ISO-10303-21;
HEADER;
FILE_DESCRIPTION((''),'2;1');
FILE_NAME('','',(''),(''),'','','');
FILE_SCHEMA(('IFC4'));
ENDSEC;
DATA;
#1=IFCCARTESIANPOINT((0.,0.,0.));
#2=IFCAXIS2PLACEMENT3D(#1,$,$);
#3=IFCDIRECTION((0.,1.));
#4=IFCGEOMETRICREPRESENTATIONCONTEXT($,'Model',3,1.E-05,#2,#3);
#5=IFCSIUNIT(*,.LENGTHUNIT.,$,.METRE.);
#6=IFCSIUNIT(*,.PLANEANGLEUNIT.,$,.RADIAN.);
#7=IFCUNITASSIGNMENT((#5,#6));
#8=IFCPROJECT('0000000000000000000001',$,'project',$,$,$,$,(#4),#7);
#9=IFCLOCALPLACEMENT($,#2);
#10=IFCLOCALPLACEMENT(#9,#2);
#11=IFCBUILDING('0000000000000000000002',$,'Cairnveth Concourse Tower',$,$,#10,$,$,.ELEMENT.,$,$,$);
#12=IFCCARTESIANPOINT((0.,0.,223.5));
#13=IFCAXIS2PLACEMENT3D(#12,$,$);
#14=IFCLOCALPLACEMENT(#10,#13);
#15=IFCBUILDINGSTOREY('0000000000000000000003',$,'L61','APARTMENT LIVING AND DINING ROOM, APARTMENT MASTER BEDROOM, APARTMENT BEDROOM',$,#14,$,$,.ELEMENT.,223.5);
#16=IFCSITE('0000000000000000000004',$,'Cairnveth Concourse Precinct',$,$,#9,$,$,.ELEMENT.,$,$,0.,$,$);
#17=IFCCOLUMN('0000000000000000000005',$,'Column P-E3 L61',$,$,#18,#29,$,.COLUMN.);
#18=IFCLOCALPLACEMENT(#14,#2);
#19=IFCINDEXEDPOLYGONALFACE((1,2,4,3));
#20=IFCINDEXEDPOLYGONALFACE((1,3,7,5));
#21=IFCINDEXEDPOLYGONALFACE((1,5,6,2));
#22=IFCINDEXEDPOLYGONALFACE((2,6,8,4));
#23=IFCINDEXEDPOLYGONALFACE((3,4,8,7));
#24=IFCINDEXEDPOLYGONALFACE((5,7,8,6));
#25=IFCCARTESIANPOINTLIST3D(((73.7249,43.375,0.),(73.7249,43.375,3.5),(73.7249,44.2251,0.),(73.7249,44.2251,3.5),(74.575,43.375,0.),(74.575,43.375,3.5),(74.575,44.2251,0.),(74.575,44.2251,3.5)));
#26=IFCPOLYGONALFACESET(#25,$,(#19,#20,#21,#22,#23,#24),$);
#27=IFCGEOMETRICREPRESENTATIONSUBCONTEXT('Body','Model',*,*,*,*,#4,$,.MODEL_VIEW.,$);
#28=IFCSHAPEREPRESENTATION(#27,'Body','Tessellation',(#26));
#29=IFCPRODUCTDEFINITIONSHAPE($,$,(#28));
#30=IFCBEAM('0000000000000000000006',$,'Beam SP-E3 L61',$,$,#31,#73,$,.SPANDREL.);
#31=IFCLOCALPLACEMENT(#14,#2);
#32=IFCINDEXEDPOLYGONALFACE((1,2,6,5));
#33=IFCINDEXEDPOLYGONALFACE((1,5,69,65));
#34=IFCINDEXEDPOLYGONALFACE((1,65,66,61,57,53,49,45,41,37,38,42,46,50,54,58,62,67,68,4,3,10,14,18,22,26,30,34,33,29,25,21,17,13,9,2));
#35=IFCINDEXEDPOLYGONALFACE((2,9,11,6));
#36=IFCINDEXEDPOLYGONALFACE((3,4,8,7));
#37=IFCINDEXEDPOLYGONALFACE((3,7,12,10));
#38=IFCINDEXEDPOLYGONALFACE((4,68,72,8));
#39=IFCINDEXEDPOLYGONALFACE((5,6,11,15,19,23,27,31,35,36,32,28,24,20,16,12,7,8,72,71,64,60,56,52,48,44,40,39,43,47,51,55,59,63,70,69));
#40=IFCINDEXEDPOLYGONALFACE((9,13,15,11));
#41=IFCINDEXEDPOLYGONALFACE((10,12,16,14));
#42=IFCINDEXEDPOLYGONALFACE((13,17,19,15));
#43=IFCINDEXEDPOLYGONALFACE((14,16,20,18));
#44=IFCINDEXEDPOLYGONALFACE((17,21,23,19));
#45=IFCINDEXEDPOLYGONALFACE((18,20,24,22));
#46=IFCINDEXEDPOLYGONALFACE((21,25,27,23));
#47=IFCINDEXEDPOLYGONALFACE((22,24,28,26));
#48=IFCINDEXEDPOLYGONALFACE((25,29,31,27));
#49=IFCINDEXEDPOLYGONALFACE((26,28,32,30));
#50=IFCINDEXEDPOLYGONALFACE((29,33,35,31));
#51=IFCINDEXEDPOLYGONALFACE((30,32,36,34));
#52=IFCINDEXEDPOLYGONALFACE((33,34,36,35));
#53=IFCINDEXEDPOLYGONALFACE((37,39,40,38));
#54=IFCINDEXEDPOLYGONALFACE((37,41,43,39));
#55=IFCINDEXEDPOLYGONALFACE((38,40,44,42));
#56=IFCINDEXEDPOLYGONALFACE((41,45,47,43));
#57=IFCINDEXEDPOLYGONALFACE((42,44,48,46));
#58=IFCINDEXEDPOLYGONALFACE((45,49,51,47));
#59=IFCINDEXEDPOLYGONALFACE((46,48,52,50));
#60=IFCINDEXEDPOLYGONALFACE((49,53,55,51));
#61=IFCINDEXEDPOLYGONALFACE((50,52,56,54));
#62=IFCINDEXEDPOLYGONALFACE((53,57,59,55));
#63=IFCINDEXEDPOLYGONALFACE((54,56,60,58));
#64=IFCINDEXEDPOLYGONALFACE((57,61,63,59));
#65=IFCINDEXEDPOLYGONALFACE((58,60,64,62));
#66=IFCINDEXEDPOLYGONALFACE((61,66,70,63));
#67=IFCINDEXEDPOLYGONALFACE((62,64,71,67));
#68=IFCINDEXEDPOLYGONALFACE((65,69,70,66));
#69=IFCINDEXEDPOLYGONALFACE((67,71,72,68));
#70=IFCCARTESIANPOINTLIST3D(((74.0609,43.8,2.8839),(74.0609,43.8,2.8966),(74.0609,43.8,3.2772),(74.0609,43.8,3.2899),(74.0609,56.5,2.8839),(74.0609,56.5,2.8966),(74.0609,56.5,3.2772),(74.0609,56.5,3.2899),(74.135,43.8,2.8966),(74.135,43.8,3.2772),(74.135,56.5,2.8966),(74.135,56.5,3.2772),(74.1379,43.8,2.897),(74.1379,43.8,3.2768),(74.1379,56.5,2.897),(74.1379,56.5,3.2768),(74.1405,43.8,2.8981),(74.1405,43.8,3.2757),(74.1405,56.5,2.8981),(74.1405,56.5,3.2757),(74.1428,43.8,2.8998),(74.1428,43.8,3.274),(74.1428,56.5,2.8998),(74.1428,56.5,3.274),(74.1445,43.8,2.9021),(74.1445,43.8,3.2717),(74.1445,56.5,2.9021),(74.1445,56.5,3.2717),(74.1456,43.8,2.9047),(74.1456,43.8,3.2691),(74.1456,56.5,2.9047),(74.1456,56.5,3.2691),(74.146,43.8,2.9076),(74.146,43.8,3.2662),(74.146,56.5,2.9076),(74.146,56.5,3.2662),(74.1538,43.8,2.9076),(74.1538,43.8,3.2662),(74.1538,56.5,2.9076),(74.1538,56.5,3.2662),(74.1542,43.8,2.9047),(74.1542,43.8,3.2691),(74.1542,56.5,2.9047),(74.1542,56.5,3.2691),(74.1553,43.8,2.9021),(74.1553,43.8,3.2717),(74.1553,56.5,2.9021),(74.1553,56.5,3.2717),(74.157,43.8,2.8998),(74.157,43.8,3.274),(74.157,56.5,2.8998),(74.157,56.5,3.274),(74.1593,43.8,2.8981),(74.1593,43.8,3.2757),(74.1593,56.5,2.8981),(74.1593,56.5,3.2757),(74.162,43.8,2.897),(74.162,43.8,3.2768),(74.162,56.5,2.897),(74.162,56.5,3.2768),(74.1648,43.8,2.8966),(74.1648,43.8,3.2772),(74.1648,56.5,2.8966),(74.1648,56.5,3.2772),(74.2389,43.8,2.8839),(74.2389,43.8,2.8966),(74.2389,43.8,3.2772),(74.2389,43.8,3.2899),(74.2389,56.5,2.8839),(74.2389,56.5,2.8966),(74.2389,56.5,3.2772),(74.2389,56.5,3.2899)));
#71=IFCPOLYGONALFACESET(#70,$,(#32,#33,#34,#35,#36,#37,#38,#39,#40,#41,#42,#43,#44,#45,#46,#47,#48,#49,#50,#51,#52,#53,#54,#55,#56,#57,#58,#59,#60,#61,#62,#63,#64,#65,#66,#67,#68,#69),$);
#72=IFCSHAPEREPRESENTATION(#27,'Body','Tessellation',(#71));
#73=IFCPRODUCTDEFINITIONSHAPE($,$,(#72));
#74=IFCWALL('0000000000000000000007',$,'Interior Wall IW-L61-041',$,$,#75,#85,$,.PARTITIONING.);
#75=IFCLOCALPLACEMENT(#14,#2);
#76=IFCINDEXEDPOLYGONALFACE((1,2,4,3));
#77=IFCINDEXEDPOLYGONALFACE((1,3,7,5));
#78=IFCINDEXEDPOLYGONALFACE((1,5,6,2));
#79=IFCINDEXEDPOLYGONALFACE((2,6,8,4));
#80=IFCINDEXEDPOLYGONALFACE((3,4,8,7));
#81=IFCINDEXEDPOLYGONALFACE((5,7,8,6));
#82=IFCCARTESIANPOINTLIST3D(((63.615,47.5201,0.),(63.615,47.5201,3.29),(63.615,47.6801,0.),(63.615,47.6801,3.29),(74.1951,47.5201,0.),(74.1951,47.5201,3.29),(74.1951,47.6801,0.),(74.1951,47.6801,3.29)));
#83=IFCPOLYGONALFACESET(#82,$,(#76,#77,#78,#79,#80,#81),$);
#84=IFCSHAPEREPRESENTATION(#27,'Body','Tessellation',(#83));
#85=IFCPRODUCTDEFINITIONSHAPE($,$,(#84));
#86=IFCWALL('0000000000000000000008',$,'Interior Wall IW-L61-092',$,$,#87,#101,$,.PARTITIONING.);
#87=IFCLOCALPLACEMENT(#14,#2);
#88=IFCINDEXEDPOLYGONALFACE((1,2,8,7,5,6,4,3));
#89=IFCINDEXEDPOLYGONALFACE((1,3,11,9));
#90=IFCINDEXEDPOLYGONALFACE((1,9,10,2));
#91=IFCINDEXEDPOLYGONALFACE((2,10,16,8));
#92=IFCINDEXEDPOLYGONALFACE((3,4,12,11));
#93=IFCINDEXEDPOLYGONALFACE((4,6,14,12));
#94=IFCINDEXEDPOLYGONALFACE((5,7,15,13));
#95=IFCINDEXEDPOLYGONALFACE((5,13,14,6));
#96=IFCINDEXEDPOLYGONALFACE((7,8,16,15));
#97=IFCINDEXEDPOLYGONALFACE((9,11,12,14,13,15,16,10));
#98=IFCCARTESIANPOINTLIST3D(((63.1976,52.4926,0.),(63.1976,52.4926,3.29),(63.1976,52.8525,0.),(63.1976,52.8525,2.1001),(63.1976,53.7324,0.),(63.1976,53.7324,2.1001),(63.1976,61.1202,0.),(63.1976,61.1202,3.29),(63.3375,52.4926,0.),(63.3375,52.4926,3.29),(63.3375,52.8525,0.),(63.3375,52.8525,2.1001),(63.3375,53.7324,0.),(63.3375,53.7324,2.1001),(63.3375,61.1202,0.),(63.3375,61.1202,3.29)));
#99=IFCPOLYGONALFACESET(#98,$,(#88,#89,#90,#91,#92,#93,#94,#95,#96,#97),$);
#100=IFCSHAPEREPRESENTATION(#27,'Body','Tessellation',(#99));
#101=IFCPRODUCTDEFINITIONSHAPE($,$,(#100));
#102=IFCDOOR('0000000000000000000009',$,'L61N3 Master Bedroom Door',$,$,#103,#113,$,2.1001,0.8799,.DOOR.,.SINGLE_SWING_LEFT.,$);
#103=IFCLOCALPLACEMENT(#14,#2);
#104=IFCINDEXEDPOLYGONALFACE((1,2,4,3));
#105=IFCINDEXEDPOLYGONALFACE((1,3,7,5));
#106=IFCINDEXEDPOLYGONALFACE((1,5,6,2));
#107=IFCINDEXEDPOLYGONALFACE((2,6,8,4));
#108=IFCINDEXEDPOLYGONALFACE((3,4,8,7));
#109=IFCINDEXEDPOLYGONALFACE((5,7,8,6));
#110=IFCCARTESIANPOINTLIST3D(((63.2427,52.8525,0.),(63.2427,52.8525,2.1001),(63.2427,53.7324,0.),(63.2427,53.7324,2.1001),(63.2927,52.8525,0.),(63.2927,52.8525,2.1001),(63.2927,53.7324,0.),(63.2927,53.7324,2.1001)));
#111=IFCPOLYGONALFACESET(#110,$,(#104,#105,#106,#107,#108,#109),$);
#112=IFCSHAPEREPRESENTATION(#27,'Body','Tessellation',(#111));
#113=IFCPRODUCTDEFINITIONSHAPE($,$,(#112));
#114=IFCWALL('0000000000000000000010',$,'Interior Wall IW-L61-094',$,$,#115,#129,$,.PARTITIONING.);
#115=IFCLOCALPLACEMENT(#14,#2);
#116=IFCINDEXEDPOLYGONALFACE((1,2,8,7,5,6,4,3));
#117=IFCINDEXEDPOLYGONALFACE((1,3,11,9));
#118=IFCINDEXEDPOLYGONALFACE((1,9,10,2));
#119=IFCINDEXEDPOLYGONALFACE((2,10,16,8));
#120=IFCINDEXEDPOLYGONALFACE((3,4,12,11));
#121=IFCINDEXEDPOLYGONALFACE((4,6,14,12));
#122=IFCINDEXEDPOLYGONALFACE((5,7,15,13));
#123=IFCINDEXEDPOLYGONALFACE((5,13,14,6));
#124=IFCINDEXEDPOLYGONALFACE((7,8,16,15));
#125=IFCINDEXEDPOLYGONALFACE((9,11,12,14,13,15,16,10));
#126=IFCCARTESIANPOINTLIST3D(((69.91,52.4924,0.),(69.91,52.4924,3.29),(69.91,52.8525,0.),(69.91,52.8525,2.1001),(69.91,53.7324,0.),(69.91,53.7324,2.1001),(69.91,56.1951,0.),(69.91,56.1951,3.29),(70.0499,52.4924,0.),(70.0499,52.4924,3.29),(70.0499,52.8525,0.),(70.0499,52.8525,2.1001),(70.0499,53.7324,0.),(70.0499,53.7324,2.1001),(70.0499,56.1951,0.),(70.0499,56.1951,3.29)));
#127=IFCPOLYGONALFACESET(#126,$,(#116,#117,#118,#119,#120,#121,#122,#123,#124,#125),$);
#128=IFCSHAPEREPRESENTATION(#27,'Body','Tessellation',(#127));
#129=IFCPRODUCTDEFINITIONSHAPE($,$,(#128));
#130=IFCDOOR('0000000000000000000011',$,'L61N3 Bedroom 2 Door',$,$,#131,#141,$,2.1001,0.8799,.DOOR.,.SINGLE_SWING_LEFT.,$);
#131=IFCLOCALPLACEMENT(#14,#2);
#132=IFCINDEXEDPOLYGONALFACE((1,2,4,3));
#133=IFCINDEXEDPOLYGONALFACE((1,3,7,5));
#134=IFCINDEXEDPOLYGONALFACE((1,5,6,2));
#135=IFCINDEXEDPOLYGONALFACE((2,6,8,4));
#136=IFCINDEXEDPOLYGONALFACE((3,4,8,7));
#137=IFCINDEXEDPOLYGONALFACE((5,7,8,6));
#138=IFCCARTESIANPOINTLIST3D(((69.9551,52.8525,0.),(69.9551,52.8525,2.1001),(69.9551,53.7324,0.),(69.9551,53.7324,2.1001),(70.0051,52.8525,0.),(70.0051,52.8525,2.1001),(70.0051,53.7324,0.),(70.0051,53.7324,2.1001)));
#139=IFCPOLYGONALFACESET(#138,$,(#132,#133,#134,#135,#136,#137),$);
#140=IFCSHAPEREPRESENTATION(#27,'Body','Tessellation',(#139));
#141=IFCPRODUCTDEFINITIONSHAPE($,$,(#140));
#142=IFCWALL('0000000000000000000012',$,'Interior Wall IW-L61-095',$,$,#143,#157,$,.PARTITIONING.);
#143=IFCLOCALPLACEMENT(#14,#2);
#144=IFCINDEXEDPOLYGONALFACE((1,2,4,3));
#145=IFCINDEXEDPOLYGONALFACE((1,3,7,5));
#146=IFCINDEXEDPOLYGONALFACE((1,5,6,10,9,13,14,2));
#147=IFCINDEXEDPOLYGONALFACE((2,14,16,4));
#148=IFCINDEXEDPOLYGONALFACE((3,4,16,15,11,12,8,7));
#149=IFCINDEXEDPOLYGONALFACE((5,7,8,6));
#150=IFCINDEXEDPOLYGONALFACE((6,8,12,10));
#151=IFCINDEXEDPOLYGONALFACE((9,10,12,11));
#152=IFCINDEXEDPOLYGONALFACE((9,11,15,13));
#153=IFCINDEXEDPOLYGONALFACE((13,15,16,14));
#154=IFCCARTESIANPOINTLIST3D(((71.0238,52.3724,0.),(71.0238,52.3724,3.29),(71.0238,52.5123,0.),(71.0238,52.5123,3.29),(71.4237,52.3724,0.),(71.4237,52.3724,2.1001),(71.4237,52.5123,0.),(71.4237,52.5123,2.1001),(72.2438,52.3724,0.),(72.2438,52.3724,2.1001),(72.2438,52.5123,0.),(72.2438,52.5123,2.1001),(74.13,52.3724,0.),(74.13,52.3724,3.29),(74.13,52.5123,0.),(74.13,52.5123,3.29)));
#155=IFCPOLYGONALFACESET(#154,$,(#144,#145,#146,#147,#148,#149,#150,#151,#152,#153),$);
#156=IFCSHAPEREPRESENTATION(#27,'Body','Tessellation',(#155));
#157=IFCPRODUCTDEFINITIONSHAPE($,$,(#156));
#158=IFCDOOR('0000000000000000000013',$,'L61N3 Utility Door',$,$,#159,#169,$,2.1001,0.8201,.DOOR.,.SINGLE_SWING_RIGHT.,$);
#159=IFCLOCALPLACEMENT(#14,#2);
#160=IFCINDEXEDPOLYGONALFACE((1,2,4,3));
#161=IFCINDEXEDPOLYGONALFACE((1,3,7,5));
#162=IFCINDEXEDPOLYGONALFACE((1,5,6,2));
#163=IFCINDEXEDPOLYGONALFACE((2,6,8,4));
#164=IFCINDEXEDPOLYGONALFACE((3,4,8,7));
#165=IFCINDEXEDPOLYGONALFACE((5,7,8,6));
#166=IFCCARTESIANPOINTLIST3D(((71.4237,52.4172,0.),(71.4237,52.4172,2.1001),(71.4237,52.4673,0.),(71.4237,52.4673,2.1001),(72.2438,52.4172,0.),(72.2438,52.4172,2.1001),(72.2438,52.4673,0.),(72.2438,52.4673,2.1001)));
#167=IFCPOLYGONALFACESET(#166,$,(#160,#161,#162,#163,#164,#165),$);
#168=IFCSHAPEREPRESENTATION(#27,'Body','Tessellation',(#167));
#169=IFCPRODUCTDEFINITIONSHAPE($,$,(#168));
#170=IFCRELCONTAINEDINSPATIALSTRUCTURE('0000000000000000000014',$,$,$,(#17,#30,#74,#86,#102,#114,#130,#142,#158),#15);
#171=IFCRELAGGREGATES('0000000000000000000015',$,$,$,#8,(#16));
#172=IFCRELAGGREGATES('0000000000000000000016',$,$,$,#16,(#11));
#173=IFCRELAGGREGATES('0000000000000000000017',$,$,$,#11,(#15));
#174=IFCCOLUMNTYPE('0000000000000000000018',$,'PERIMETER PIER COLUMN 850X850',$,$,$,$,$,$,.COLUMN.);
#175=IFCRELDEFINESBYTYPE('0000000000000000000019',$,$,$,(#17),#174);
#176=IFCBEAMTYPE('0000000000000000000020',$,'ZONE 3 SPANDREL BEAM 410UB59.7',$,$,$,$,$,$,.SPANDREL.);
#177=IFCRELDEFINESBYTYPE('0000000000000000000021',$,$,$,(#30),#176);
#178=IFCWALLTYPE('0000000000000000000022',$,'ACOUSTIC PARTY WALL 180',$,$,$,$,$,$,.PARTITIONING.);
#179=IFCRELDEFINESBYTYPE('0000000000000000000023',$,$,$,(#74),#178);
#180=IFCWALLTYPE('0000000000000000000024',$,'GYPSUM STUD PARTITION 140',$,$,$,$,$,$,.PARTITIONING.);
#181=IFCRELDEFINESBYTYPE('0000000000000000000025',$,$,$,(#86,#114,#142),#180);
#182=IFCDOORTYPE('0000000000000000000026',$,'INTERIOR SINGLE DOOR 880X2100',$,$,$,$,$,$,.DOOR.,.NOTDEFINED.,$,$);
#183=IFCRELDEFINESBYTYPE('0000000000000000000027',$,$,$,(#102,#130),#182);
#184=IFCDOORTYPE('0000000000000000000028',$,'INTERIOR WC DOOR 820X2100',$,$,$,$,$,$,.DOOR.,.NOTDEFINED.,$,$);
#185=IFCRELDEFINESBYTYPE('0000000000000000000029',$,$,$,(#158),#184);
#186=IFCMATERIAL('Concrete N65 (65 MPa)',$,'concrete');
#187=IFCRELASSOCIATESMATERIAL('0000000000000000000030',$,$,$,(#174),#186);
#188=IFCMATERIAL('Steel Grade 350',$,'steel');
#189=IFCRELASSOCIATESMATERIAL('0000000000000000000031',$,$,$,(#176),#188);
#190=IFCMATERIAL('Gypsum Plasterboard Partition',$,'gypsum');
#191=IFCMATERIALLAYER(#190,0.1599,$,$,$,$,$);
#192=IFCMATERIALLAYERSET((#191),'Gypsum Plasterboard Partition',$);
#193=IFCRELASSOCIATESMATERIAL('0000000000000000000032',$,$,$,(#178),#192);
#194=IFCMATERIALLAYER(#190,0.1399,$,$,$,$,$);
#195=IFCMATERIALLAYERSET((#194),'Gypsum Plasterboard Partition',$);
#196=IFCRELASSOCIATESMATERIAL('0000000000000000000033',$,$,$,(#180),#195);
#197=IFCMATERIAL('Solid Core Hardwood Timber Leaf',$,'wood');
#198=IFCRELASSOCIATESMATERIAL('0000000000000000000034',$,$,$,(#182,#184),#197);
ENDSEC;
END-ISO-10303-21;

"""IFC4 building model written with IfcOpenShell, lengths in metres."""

from ifc_helpers import new_model, si_unit, direction, frame, frame_2d, origin, origin_2d, place, context, subcontext, project, spatial, rectangle, i_section, extrude, material, layer, layer_set, material_profile, profile_set, type_object, element, fill, save


model = new_model("IFC4")

# Units and contexts
model_context = context("Model", 3, precision=1e-05, world=origin(), true_north=direction((0.0, 1.0)))
body_context = subcontext(model_context, "Body", "Model", "MODEL_VIEW")
ifc_project = project(units=[si_unit("LENGTHUNIT", "METRE"), si_unit("PLANEANGLEUNIT", "RADIAN")], contexts=[model_context])

# Site, building, storey
site_placement = place(None, origin())
site = spatial("IfcSite", under=ifc_project, at=site_placement, Name="Cairnveth Concourse Precinct", CompositionType="ELEMENT", RefElevation=0.0)
building_placement = place(site_placement, origin())
building = spatial("IfcBuilding", under=site, at=building_placement, Name="Cairnveth Concourse Tower", CompositionType="ELEMENT")
storey_placement = place(building_placement, frame((0.0, 0.0, 223.5)))
storey = spatial("IfcBuildingStorey", under=building, at=storey_placement, Name="L61", Description="APARTMENT LIVING AND DINING ROOM, APARTMENT MASTER BEDROOM, APARTMENT BEDROOM", CompositionType="ELEMENT", Elevation=223.5)

# Column
ifc_material_1 = material(Name="Concrete N65 (65 MPa)", Category="concrete")
ifc_material_profile_1 = material_profile(ifc_material_1, rectangle(XDim=0.8501, YDim=0.8501, at=origin_2d()), Name="RC-COL-850x850")
ifc_profile_set_1 = profile_set([ifc_material_profile_1], Name="Concrete N65 (65 MPa)")
column_type = type_object("IfcColumnType", Name="PERIMETER PIER COLUMN 850X850", PredefinedType="COLUMN", material=ifc_profile_set_1)
column_placement = place(storey_placement, frame((74.1499, 43.8, 0.0), z_axis=(0.0, 0.0, 1.0), x_axis=(0.0, 1.0, 0.0)))
element("IfcColumn", 1, at=column_placement, inside=storey, type_object=column_type, Name="Column P-E3 L61", PredefinedType="COLUMN", context=body_context, shape_type="SweptSolid", body=[
    extrude(rectangle(XDim=0.8501, YDim=0.8501, at=origin_2d()), origin(), (0.0, 0.0, 1.0), 3.5),
])

# Beam
ifc_material_2 = material(Name="Steel Grade 350", Category="steel")
ifc_material_profile_2 = material_profile(ifc_material_2, i_section(OverallWidth=0.178, OverallDepth=0.406, WebThickness=0.0078, FlangeThickness=0.0127, FilletRadius=0.011, at=origin_2d()), Name="410UB59.7")
ifc_profile_set_2 = profile_set([ifc_material_profile_2], Name="Steel Grade 350")
beam_type = type_object("IfcBeamType", Name="ZONE 3 SPANDREL BEAM 410UB59.7", PredefinedType="SPANDREL", material=ifc_profile_set_2)
beam_placement = place(storey_placement, frame((74.1499, 43.8, 3.0869), z_axis=(0.0, 1.0, 0.0), x_axis=(-1.0, 0.0, 0.0)))
element("IfcBeam", 2, at=beam_placement, inside=storey, type_object=beam_type, Name="Beam SP-E3 L61", PredefinedType="SPANDREL", context=body_context, shape_type="SweptSolid", body=[
    extrude(i_section(OverallWidth=0.178, OverallDepth=0.406, WebThickness=0.0078, FlangeThickness=0.0127, FilletRadius=0.011, at=origin_2d()), origin(), (0.0, 0.0, 1.0), 12.7),
])

# Wall
ifc_material_3 = material(Name="Gypsum Plasterboard Partition", Category="gypsum")
ifc_layer_1 = layer(ifc_material_3, 0.1599)
ifc_layer_set_1 = layer_set([ifc_layer_1], Name="Gypsum Plasterboard Partition")
wall_type_1 = type_object("IfcWallType", Name="ACOUSTIC PARTY WALL 180", PredefinedType="PARTITIONING", material=ifc_layer_set_1)
wall_1_placement = place(storey_placement, frame((63.615, 47.6001, 0.0), z_axis=(0.0, 0.0, 1.0), x_axis=(1.0, 0.0, 0.0)))
element("IfcWall", 3, at=wall_1_placement, inside=storey, type_object=wall_type_1, Name="Interior Wall IW-L61-041", PredefinedType="PARTITIONING", context=body_context, shape_type="SweptSolid", body=[
    extrude(rectangle(XDim=10.5801, YDim=0.1599, at=frame_2d((5.29, 0.0))), origin(), (0.0, 0.0, 1.0), 3.29),
])

# Walls, openings, doors
ifc_layer_2 = layer(ifc_material_3, 0.1399)
ifc_layer_set_2 = layer_set([ifc_layer_2], Name="Gypsum Plasterboard Partition")
wall_type_2 = type_object("IfcWallType", Name="GYPSUM STUD PARTITION 140", PredefinedType="PARTITIONING", material=ifc_layer_set_2)
wall_2_placement = place(storey_placement, frame((63.2676, 52.4924, 0.0), z_axis=(0.0, 0.0, 1.0), x_axis=(0.0, 1.0, 0.0)))
wall_2 = element("IfcWall", 4, at=wall_2_placement, inside=storey, type_object=wall_type_2, Name="Interior Wall IW-L61-092", PredefinedType="PARTITIONING", context=body_context, shape_type="SweptSolid", body=[
    extrude(rectangle(XDim=8.6277, YDim=0.1399, at=frame_2d((4.314, 0.0))), origin(), (0.0, 0.0, 1.0), 3.29),
])
opening_1_placement = place(wall_2_placement, frame((0.3601, 0.0, 0.0)))
opening_1 = element("IfcOpeningElement", 5, at=opening_1_placement, cuts=wall_2, PredefinedType="OPENING", context=body_context, shape_type="SweptSolid", body=[
    extrude(rectangle(XDim=0.8799, YDim=2.1001, at=frame_2d((0.4399, 1.05))), frame((0.0, 0.0798, 0.0), z_axis=(0.0, -1.0, 0.0), x_axis=(1.0, 0.0, 0.0)), (0.0, 0.0, 1.0), 0.1599),
])
ifc_material_4 = material(Name="Solid Core Hardwood Timber Leaf", Category="wood")
door_type_1 = type_object("IfcDoorType", Name="INTERIOR SINGLE DOOR 880X2100", OperationType="NOTDEFINED", PredefinedType="DOOR", material=ifc_material_4)
door_1_placement = place(opening_1_placement, origin())
door_1 = element("IfcDoor", 6, at=door_1_placement, inside=storey, type_object=door_type_1, Name="L61N3 Master Bedroom Door", OperationType="SINGLE_SWING_LEFT", OverallHeight=2.1001, OverallWidth=0.8799, PredefinedType="DOOR", context=body_context, shape_type="SweptSolid", body=[
    extrude(rectangle(XDim=0.8799, YDim=2.1001, at=frame_2d((0.4399, 1.05))), frame((0.0, 0.0249, 0.0), z_axis=(0.0, -1.0, 0.0), x_axis=(1.0, 0.0, 0.0)), (0.0, 0.0, 1.0), 0.05),
])
fill(opening_1, door_1)
wall_3_placement = place(storey_placement, frame((69.98, 52.4924, 0.0), z_axis=(0.0, 0.0, 1.0), x_axis=(0.0, 1.0, 0.0)))
wall_3 = element("IfcWall", 7, at=wall_3_placement, inside=storey, type_object=wall_type_2, Name="Interior Wall IW-L61-094", PredefinedType="PARTITIONING", context=body_context, shape_type="SweptSolid", body=[
    extrude(rectangle(XDim=3.7026, YDim=0.1399, at=frame_2d((1.8513, 0.0))), origin(), (0.0, 0.0, 1.0), 3.29),
])
opening_2_placement = place(wall_3_placement, frame((0.3601, 0.0, 0.0)))
opening_2 = element("IfcOpeningElement", 8, at=opening_2_placement, cuts=wall_3, PredefinedType="OPENING", context=body_context, shape_type="SweptSolid", body=[
    extrude(rectangle(XDim=0.8799, YDim=2.1001, at=frame_2d((0.4399, 1.05))), frame((0.0, 0.0798, 0.0), z_axis=(0.0, -1.0, 0.0), x_axis=(1.0, 0.0, 0.0)), (0.0, 0.0, 1.0), 0.1599),
])
door_2_placement = place(opening_2_placement, origin())
door_2 = element("IfcDoor", 9, at=door_2_placement, inside=storey, type_object=door_type_1, Name="L61N3 Bedroom 2 Door", OperationType="SINGLE_SWING_LEFT", OverallHeight=2.1001, OverallWidth=0.8799, PredefinedType="DOOR", context=body_context, shape_type="SweptSolid", body=[
    extrude(rectangle(XDim=0.8799, YDim=2.1001, at=frame_2d((0.4399, 1.05))), frame((0.0, 0.0249, 0.0), z_axis=(0.0, -1.0, 0.0), x_axis=(1.0, 0.0, 0.0)), (0.0, 0.0, 1.0), 0.05),
])
fill(opening_2, door_2)
wall_4_placement = place(storey_placement, frame((71.0237, 52.4424, 0.0), z_axis=(0.0, 0.0, 1.0), x_axis=(1.0, 0.0, 0.0)))
wall_4 = element("IfcWall", 10, at=wall_4_placement, inside=storey, type_object=wall_type_2, Name="Interior Wall IW-L61-095", PredefinedType="PARTITIONING", context=body_context, shape_type="SweptSolid", body=[
    extrude(rectangle(XDim=3.1062, YDim=0.1399, at=frame_2d((1.5532, 0.0))), origin(), (0.0, 0.0, 1.0), 3.29),
])
opening_3_placement = place(wall_4_placement, frame((0.3999, 0.0, 0.0)))
opening_3 = element("IfcOpeningElement", 11, at=opening_3_placement, cuts=wall_4, PredefinedType="OPENING", context=body_context, shape_type="SweptSolid", body=[
    extrude(rectangle(XDim=0.8201, YDim=2.1001, at=frame_2d((0.4102, 1.05))), frame((0.0, 0.0798, 0.0), z_axis=(0.0, -1.0, 0.0), x_axis=(1.0, 0.0, 0.0)), (0.0, 0.0, 1.0), 0.1599),
])
door_type_2 = type_object("IfcDoorType", Name="INTERIOR WC DOOR 820X2100", OperationType="NOTDEFINED", PredefinedType="DOOR", material=ifc_material_4)
door_3_placement = place(opening_3_placement, origin())
door_3 = element("IfcDoor", 12, at=door_3_placement, inside=storey, type_object=door_type_2, Name="L61N3 Utility Door", OperationType="SINGLE_SWING_RIGHT", OverallHeight=2.1001, OverallWidth=0.8201, PredefinedType="DOOR", context=body_context, shape_type="SweptSolid", body=[
    extrude(rectangle(XDim=0.8201, YDim=2.1001, at=frame_2d((0.4102, 1.05))), frame((0.0, 0.0249, 0.0), z_axis=(0.0, -1.0, 0.0), x_axis=(1.0, 0.0, 0.0)), (0.0, 0.0, 1.0), 0.05),
])
fill(opening_3, door_3)

save(model, "model.ifc")
